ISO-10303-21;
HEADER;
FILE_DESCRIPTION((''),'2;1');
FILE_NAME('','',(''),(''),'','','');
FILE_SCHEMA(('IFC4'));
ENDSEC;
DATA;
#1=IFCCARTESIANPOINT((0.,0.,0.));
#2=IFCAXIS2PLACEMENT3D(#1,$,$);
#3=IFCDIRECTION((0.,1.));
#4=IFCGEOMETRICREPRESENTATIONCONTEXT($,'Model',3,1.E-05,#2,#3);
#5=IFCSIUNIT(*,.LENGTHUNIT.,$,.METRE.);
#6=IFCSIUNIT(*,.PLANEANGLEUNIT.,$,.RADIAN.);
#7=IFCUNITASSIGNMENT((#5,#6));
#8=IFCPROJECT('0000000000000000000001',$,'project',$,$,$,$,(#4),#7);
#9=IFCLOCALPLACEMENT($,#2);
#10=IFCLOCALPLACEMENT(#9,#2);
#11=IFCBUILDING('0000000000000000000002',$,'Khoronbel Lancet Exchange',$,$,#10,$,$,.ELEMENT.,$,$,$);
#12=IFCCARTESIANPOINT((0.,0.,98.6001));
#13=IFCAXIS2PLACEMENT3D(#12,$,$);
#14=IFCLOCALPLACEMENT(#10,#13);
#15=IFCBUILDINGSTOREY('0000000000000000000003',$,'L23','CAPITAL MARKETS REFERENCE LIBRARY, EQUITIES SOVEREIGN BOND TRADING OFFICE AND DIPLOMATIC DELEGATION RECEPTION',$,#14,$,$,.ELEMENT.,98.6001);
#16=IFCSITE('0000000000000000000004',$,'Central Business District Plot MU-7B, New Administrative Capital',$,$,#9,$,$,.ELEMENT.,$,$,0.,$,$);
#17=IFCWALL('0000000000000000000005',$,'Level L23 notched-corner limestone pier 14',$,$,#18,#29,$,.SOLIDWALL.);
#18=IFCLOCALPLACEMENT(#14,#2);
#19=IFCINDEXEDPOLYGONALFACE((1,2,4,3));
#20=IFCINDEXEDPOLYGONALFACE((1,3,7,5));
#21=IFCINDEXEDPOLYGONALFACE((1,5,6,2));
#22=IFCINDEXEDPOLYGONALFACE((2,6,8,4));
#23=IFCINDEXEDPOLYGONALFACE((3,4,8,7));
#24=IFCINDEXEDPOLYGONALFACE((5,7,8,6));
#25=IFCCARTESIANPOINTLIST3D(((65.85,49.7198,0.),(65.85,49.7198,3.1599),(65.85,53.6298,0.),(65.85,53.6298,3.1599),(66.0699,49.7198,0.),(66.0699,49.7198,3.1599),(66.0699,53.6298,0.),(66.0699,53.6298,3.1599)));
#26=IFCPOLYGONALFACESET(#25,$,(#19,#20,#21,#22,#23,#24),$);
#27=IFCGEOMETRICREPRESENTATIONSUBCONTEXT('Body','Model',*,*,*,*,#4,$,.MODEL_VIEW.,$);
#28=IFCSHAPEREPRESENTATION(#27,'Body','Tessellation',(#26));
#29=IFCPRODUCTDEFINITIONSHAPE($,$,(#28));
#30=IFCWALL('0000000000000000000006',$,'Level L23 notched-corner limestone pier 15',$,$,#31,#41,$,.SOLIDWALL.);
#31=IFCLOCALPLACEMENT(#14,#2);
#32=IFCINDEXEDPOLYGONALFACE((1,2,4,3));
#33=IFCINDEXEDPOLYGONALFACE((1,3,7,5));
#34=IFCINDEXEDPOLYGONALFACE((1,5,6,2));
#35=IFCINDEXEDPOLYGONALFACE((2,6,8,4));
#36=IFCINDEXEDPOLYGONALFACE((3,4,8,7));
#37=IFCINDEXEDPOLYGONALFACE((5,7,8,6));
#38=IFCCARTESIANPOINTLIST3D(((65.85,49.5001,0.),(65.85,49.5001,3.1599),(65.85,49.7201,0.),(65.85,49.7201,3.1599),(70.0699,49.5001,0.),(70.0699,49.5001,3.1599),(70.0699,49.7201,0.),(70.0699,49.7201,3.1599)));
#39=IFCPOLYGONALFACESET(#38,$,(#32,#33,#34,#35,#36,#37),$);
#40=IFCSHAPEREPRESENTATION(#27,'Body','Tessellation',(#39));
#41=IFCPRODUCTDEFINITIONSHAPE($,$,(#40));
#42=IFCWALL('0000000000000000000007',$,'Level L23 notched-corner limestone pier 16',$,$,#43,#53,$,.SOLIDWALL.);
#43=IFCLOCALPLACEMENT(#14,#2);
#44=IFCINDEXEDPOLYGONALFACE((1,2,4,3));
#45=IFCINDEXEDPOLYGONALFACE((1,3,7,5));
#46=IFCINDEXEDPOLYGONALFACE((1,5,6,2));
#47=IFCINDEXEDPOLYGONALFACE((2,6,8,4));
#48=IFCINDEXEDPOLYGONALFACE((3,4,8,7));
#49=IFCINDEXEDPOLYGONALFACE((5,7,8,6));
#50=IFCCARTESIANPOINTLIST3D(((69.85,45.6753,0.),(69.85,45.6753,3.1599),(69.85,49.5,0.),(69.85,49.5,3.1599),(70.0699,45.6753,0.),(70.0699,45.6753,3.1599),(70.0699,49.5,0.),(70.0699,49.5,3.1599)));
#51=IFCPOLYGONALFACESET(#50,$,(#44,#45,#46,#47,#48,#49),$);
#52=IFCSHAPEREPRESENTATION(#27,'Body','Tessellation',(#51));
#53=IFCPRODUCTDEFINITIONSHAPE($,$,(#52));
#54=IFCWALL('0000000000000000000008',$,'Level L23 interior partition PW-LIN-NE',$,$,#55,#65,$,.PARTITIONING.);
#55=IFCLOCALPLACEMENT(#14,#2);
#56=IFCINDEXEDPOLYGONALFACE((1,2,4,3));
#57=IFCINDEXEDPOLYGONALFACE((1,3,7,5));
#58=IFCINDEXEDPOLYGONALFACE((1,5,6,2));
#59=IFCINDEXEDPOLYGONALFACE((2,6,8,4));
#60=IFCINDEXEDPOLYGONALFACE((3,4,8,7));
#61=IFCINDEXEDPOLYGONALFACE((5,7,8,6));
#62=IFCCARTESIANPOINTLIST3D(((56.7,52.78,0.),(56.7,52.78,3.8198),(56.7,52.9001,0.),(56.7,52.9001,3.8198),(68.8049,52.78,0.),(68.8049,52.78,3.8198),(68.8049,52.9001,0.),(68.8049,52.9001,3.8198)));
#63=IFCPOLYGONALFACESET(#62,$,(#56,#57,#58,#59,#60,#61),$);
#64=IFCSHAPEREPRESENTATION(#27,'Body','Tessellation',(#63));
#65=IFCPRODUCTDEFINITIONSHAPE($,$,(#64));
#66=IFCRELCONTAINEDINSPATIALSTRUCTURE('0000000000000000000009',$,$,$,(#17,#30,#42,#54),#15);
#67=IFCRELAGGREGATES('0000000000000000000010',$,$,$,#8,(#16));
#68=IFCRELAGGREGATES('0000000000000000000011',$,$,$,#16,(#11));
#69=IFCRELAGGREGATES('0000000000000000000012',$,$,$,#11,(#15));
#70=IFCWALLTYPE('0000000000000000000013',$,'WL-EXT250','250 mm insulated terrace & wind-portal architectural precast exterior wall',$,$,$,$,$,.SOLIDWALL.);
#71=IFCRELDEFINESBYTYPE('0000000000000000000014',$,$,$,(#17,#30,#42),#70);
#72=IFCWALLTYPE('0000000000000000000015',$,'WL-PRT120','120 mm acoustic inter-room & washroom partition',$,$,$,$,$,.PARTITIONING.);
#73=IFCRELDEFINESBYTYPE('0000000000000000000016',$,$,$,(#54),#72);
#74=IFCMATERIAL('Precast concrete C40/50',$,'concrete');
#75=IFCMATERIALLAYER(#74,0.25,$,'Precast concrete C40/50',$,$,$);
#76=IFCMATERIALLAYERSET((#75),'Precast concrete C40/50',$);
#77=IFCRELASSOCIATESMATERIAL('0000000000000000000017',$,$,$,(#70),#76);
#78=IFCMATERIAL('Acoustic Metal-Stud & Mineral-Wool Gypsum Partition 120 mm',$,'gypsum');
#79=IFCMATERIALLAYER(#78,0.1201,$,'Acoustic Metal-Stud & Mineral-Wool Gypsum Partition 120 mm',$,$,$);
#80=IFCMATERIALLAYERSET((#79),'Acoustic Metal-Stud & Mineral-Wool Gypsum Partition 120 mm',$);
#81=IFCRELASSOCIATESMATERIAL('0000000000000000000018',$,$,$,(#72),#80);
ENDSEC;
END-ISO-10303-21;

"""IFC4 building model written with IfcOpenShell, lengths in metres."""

from ifc_helpers import new_model, si_unit, direction, frame, frame_2d, origin, place, context, subcontext, project, spatial, rectangle, extrude, material, layer, layer_set, type_object, element, save


model = new_model("IFC4")

# Units and contexts
model_context = context("Model", 3, precision=1e-05, world=origin(), true_north=direction((0.0, 1.0)))
body_context = subcontext(model_context, "Body", "Model", "MODEL_VIEW")
ifc_project = project(units=[si_unit("LENGTHUNIT", "METRE"), si_unit("PLANEANGLEUNIT", "RADIAN")], contexts=[model_context])

# Site, building, storey
site_placement = place(None, origin())
site = spatial("IfcSite", under=ifc_project, at=site_placement, Name="Central Business District Plot MU-7B, New Administrative Capital", CompositionType="ELEMENT", RefElevation=0.0)
building_placement = place(site_placement, origin())
building = spatial("IfcBuilding", under=site, at=building_placement, Name="Khoronbel Lancet Exchange", CompositionType="ELEMENT")
storey_placement = place(building_placement, frame((0.0, 0.0, 98.6001)))
storey = spatial("IfcBuildingStorey", under=building, at=storey_placement, Name="L23", Description="CAPITAL MARKETS REFERENCE LIBRARY, EQUITIES SOVEREIGN BOND TRADING OFFICE AND DIPLOMATIC DELEGATION RECEPTION", CompositionType="ELEMENT", Elevation=98.6001)

# Walls
ifc_material_1 = material(Name="Precast concrete C40/50", Category="concrete")
ifc_layer_1 = layer(ifc_material_1, 0.25, Name="Precast concrete C40/50")
ifc_layer_set_1 = layer_set([ifc_layer_1], Name="Precast concrete C40/50")
wall_type_1 = type_object("IfcWallType", Name="WL-EXT250", Description="250 mm insulated terrace & wind-portal architectural precast exterior wall", PredefinedType="SOLIDWALL", material=ifc_layer_set_1)
wall_1_placement = place(storey_placement, frame((65.96, 53.6299, 0.0), z_axis=(0.0, 0.0, 1.0), x_axis=(0.0, -1.0, 0.0)))
element("IfcWall", 1, at=wall_1_placement, inside=storey, type_object=wall_type_1, Name="Level L23 notched-corner limestone pier 14", PredefinedType="SOLIDWALL", context=body_context, shape_type="SweptSolid", body=[
    extrude(rectangle(XDim=3.9099, YDim=0.22, at=frame_2d((1.9551, 0.0))), origin(), (0.0, 0.0, 1.0), 3.1599),
])
wall_2_placement = place(storey_placement, frame((65.8501, 49.6101, 0.0), z_axis=(0.0, 0.0, 1.0), x_axis=(1.0, 0.0, 0.0)))
element("IfcWall", 2, at=wall_2_placement, inside=storey, type_object=wall_type_1, Name="Level L23 notched-corner limestone pier 15", PredefinedType="SOLIDWALL", context=body_context, shape_type="SweptSolid", body=[
    extrude(rectangle(XDim=4.22, YDim=0.22, at=frame_2d((2.1099, 0.0))), origin(), (0.0, 0.0, 1.0), 3.1599),
])
wall_3_placement = place(storey_placement, frame((69.96, 49.5, 0.0), z_axis=(0.0, 0.0, 1.0), x_axis=(0.0, -1.0, 0.0)))
element("IfcWall", 3, at=wall_3_placement, inside=storey, type_object=wall_type_1, Name="Level L23 notched-corner limestone pier 16", PredefinedType="SOLIDWALL", context=body_context, shape_type="SweptSolid", body=[
    extrude(rectangle(XDim=3.8247, YDim=0.22, at=frame_2d((1.9124, 0.0))), origin(), (0.0, 0.0, 1.0), 3.1599),
])
ifc_material_2 = material(Name="Acoustic Metal-Stud & Mineral-Wool Gypsum Partition 120 mm", Category="gypsum")
ifc_layer_2 = layer(ifc_material_2, 0.1201, Name="Acoustic Metal-Stud & Mineral-Wool Gypsum Partition 120 mm")
ifc_layer_set_2 = layer_set([ifc_layer_2], Name="Acoustic Metal-Stud & Mineral-Wool Gypsum Partition 120 mm")
wall_type_2 = type_object("IfcWallType", Name="WL-PRT120", Description="120 mm acoustic inter-room & washroom partition", PredefinedType="PARTITIONING", material=ifc_layer_set_2)
wall_4_placement = place(storey_placement, frame((56.7, 52.8401, 0.0), z_axis=(0.0, 0.0, 1.0), x_axis=(1.0, 0.0, 0.0)))
element("IfcWall", 4, at=wall_4_placement, inside=storey, type_object=wall_type_2, Name="Level L23 interior partition PW-LIN-NE", PredefinedType="PARTITIONING", context=body_context, shape_type="SweptSolid", body=[
    extrude(rectangle(XDim=12.105, YDim=0.1201, at=frame_2d((6.0525, 0.0))), origin(), (0.0, 0.0, 1.0), 3.8198),
])

save(model, "model.ifc")
